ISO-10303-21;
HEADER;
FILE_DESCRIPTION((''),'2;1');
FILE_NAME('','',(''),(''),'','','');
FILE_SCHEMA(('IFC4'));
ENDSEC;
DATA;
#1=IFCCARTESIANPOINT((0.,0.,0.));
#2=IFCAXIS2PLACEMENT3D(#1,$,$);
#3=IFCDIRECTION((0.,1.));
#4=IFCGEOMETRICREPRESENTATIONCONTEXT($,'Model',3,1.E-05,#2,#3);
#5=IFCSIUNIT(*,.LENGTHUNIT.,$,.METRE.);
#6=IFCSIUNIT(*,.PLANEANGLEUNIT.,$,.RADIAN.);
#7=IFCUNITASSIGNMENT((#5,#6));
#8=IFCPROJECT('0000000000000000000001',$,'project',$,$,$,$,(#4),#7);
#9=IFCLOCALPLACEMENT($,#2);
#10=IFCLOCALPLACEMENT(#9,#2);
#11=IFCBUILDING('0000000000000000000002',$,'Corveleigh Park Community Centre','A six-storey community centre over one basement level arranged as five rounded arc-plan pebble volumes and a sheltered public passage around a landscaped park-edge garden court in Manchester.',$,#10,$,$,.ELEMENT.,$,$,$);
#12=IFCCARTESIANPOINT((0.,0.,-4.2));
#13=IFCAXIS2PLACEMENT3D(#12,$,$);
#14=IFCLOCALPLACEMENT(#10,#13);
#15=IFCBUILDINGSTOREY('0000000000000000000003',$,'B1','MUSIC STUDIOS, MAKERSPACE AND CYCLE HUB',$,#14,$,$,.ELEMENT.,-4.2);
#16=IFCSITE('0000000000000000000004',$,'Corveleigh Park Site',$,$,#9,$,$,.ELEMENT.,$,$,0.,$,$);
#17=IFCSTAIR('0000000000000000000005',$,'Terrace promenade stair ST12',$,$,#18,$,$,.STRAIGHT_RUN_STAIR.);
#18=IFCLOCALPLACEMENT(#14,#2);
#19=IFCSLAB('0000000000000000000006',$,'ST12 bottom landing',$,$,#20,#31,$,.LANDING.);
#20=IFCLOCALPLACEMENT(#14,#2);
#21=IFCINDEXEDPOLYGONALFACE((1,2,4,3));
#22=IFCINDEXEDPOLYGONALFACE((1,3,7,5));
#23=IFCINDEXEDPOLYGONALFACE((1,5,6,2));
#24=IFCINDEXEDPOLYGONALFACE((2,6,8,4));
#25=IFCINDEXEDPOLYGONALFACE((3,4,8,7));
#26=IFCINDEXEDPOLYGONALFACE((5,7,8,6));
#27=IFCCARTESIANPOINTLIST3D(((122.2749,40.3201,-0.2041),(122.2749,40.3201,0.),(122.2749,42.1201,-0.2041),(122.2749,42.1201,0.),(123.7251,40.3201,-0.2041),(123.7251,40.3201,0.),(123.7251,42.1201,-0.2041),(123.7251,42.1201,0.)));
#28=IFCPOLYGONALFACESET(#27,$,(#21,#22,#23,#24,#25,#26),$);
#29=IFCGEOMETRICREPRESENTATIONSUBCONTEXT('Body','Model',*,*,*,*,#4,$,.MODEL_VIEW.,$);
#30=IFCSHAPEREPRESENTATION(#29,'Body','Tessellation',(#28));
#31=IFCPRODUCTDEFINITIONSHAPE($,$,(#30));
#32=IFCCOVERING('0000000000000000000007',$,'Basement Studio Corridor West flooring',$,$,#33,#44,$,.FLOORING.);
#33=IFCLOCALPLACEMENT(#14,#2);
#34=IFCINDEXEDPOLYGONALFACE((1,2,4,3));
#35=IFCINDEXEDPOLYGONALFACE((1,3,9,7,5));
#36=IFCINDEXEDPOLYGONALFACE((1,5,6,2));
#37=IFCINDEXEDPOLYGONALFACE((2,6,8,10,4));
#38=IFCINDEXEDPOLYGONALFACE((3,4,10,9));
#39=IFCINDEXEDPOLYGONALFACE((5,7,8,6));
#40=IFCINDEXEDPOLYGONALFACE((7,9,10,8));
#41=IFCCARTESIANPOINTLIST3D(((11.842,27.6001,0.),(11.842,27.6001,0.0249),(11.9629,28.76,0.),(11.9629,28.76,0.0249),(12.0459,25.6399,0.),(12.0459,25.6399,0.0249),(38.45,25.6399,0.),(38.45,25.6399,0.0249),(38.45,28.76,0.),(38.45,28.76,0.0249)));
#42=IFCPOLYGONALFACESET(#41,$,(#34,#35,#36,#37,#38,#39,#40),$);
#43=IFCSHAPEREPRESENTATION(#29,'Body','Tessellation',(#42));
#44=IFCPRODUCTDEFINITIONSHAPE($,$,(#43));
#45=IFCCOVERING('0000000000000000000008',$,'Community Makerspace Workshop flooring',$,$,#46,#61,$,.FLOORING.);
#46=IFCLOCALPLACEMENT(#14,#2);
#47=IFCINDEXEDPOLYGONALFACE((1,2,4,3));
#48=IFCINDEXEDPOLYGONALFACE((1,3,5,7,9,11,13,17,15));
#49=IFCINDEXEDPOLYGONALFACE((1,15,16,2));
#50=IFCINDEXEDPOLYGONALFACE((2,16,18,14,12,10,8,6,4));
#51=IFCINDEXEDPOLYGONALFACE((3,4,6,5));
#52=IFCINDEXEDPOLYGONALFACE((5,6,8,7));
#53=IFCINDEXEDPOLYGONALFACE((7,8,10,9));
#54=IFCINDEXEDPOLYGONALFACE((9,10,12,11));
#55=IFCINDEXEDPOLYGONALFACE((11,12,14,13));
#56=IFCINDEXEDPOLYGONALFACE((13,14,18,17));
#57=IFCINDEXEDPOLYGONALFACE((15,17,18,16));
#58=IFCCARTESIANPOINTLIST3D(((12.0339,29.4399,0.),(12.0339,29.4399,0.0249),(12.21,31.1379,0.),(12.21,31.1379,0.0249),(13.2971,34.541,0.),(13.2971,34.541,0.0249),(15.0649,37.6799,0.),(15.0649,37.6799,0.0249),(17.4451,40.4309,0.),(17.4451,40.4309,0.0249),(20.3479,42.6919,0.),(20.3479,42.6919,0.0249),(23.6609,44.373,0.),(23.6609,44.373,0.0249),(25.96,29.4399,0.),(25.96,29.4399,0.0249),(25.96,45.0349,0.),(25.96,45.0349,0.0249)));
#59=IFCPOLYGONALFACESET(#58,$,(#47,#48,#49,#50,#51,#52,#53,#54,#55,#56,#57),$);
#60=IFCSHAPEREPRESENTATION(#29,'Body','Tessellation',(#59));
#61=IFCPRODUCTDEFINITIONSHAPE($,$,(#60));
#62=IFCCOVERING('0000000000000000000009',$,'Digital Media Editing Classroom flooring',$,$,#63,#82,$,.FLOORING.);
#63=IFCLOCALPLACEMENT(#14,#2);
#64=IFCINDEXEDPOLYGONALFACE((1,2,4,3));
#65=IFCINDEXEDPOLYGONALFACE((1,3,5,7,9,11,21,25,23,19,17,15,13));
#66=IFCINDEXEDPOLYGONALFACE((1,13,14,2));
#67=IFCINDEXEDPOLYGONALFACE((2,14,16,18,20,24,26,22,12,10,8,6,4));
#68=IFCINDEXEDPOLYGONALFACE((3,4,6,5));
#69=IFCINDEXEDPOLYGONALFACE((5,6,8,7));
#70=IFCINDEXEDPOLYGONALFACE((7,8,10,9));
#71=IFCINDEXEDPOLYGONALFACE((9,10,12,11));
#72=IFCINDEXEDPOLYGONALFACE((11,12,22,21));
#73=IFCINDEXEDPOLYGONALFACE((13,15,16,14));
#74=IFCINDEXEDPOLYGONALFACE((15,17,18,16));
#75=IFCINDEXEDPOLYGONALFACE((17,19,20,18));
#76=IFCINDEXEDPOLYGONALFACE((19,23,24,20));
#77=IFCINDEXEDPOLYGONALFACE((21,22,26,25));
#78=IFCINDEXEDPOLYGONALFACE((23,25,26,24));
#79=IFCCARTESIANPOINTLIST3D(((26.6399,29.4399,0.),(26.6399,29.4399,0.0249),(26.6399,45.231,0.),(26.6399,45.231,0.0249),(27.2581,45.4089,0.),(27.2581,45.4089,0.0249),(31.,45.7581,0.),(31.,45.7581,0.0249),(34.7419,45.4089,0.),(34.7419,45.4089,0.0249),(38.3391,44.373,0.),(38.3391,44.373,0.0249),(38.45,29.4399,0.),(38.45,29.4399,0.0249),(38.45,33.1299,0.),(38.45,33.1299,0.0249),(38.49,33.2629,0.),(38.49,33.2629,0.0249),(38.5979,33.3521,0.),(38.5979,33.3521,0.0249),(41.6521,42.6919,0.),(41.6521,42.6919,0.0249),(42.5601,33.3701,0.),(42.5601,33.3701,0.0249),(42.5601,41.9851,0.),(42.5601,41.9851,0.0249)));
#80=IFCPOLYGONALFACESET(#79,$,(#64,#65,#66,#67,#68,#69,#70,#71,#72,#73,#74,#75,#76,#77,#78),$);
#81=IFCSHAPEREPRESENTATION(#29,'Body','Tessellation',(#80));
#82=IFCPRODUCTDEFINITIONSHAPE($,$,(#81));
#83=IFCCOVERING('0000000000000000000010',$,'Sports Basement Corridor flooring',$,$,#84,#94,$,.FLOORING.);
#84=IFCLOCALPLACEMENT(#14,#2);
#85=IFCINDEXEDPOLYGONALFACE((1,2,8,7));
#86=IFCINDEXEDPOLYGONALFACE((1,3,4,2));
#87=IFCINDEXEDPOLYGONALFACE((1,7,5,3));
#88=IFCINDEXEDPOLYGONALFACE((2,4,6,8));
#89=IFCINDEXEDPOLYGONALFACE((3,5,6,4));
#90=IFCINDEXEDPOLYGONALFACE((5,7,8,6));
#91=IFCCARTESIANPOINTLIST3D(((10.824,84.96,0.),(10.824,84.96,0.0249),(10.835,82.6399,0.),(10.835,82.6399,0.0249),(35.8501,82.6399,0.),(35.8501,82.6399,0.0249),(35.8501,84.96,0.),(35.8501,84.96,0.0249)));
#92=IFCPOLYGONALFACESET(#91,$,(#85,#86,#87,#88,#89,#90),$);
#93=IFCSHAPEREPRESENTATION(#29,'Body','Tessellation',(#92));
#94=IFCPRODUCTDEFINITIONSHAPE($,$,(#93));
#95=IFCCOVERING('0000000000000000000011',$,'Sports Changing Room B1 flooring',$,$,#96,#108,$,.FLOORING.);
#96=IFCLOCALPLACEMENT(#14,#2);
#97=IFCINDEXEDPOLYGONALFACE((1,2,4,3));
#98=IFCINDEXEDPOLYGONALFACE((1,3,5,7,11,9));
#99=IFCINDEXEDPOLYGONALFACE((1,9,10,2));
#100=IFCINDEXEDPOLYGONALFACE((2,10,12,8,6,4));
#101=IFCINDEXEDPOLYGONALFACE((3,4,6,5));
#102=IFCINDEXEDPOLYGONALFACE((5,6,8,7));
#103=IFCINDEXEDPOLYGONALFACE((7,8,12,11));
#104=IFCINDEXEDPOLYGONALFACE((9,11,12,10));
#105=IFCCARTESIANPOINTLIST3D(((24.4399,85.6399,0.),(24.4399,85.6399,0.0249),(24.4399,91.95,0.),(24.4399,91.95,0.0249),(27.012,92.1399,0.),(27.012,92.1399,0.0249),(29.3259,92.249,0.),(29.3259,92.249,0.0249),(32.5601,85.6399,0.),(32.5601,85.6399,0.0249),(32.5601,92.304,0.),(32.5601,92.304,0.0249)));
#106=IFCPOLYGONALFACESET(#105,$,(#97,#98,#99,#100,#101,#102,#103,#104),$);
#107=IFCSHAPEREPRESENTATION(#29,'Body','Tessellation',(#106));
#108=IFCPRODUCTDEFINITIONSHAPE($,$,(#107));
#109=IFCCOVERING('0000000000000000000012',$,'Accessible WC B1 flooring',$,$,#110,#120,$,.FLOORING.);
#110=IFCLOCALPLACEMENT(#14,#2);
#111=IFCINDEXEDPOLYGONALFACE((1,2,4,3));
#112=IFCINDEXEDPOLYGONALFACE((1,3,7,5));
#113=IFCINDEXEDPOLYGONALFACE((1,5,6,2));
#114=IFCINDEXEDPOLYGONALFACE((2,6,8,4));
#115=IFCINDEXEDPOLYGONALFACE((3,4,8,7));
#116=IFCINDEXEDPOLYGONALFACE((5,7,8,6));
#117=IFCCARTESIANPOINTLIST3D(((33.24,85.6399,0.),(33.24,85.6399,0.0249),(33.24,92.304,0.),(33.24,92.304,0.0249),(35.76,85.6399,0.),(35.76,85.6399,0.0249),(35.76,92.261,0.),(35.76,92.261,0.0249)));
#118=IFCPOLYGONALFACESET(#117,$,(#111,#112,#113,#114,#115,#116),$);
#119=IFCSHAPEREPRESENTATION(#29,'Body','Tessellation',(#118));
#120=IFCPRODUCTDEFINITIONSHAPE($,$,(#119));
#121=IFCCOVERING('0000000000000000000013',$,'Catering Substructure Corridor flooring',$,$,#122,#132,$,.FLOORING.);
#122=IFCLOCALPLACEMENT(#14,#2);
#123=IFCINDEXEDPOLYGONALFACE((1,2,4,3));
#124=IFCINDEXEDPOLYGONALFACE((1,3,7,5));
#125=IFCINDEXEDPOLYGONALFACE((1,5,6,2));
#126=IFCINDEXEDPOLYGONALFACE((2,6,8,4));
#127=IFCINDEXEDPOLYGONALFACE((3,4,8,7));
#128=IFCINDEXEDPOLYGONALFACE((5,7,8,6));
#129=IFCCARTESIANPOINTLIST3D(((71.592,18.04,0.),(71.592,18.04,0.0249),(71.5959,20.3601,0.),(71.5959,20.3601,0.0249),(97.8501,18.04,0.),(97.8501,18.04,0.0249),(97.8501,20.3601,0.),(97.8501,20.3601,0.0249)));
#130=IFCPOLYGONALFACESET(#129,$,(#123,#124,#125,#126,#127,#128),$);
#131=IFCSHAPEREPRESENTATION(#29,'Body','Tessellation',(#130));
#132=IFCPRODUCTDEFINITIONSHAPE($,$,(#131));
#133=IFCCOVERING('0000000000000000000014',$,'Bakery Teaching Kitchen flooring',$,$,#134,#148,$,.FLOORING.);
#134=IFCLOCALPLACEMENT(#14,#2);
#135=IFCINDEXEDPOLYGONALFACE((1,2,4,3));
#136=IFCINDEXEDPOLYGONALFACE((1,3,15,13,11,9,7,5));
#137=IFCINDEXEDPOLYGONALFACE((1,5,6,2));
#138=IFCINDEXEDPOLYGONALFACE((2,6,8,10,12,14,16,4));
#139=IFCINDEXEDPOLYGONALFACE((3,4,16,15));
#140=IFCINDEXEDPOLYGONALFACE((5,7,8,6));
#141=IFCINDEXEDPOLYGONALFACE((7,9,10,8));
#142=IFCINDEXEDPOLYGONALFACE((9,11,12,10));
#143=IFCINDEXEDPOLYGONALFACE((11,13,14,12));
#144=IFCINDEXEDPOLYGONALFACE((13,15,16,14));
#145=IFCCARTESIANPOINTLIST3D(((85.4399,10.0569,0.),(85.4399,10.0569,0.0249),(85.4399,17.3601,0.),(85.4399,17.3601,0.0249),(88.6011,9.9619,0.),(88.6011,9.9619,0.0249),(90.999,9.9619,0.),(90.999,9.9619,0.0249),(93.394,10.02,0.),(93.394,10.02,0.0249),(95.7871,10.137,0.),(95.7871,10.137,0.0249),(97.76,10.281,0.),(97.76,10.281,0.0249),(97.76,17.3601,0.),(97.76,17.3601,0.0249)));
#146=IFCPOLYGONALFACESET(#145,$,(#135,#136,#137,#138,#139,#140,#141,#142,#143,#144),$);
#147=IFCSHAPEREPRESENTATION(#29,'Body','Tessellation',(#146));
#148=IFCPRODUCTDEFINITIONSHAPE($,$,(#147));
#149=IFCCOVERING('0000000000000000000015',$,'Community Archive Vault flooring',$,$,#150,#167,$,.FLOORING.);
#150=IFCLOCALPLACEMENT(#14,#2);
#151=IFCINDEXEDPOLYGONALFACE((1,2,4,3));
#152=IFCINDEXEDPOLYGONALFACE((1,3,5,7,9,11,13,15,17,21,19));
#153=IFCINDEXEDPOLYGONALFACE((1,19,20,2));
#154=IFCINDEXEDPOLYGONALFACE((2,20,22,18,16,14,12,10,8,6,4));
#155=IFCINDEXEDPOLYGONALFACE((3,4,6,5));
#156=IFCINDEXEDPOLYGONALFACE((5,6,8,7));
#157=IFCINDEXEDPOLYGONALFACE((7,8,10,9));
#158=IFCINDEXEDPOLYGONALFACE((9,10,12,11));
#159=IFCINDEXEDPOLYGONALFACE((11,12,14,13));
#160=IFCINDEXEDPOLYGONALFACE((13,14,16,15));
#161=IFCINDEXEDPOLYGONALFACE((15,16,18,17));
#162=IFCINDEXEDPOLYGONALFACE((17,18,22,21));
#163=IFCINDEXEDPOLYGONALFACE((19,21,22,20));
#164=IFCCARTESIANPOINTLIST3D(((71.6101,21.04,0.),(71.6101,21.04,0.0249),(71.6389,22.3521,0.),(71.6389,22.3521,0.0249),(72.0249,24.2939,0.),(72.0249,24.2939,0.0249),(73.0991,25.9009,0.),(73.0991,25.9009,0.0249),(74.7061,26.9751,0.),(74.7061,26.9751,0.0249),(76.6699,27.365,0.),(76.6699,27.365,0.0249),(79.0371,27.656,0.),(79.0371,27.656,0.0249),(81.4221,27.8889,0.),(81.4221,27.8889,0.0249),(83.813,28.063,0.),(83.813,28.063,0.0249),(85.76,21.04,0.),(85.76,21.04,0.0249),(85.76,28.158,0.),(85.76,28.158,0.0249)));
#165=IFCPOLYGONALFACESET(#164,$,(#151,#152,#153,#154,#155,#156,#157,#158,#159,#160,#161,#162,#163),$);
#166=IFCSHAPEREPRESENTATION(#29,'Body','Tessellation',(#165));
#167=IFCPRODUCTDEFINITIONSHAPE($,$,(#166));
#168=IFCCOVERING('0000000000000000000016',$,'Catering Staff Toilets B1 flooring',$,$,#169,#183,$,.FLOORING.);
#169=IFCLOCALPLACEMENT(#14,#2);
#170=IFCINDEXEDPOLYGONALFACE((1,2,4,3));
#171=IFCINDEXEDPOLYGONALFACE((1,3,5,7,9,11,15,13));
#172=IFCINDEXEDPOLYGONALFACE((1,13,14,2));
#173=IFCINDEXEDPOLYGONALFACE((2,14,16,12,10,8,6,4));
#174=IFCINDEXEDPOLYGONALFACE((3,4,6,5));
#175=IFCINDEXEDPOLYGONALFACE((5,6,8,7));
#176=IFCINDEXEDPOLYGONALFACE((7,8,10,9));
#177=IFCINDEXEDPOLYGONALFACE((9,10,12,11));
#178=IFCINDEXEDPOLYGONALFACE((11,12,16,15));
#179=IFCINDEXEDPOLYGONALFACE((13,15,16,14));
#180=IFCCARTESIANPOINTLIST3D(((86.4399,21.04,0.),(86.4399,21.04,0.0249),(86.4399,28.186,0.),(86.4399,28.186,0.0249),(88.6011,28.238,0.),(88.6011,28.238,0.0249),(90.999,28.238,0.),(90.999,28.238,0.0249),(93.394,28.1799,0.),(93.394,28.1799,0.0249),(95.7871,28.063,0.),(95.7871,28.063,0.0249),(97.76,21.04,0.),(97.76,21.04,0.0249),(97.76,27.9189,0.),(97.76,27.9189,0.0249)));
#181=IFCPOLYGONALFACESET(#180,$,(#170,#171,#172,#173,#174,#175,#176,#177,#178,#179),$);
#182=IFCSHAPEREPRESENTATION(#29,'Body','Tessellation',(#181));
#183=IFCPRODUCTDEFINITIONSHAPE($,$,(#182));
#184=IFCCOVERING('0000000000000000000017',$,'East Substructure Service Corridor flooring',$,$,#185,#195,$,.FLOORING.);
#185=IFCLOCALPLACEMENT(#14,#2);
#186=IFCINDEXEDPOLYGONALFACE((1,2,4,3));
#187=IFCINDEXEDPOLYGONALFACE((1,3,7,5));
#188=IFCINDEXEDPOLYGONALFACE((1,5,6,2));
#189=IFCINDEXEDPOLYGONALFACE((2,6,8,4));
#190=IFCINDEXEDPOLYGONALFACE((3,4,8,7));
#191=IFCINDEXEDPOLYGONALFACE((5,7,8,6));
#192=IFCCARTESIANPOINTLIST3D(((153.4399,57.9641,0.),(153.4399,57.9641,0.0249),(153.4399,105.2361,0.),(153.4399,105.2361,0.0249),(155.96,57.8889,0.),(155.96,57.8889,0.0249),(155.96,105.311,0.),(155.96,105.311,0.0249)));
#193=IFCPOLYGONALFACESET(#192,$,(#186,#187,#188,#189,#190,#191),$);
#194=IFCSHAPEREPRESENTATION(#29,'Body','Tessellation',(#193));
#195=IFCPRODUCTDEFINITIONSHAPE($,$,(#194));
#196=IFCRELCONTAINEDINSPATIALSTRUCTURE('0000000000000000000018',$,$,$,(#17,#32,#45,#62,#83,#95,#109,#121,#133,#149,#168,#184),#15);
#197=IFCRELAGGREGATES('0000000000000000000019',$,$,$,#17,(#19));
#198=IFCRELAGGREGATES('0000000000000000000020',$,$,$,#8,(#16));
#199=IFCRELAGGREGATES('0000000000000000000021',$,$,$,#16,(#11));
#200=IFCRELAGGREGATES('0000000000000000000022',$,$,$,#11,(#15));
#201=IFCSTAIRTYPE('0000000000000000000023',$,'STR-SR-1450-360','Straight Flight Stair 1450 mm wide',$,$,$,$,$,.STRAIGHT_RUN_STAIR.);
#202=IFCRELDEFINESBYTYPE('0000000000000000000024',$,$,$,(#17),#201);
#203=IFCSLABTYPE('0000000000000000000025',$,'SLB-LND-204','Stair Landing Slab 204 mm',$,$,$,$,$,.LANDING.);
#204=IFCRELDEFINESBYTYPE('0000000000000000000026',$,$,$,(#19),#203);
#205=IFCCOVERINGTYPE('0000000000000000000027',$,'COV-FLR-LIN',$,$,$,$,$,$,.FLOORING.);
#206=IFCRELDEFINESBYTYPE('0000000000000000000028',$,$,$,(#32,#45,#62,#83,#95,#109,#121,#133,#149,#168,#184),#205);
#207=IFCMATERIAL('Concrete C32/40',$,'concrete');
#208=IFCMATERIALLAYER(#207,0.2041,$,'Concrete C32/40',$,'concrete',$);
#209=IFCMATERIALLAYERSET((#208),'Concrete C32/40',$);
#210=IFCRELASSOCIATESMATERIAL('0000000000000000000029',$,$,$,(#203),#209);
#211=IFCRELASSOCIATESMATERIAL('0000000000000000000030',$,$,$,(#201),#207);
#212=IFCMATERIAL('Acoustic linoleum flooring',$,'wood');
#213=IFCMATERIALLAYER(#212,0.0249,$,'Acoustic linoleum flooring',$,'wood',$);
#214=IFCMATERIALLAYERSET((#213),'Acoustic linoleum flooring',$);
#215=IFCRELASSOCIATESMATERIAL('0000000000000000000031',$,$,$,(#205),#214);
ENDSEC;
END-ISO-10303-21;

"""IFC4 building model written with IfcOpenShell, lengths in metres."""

from ifc_helpers import new_model, si_unit, direction, frame, origin, place, context, subcontext, project, spatial, polyline, outline, extrude, material, layer, layer_set, type_object, element, aggregate, save


model = new_model("IFC4")

# Units and contexts
model_context = context("Model", 3, precision=1e-05, world=origin(), true_north=direction((0.0, 1.0)))
body_context = subcontext(model_context, "Body", "Model", "MODEL_VIEW")
ifc_project = project(units=[si_unit("LENGTHUNIT", "METRE"), si_unit("PLANEANGLEUNIT", "RADIAN")], contexts=[model_context])

# Site, building, storey
site_placement = place(None, origin())
site = spatial("IfcSite", under=ifc_project, at=site_placement, Name="Corveleigh Park Site", CompositionType="ELEMENT", RefElevation=0.0)
building_placement = place(site_placement, origin())
building = spatial("IfcBuilding", under=site, at=building_placement, Name="Corveleigh Park Community Centre", Description="A six-storey community centre over one basement level arranged as five rounded arc-plan pebble volumes and a sheltered public passage around a landscaped park-edge garden court in Manchester.", CompositionType="ELEMENT")
storey_placement = place(building_placement, frame((0.0, 0.0, -4.2)))
storey = spatial("IfcBuildingStorey", under=building, at=storey_placement, Name="B1", Description="MUSIC STUDIOS, MAKERSPACE AND CYCLE HUB", CompositionType="ELEMENT", Elevation=-4.2)

# Shared definitions
ifc_material_1 = material(Name="Concrete C32/40", Category="concrete")

# Shared definitions
ifc_layer_1 = layer(ifc_material_1, 0.2041, Name="Concrete C32/40", Category="concrete")
ifc_layer_set_1 = layer_set([ifc_layer_1], Name="Concrete C32/40")
slab_type_1 = type_object("IfcSlabType", Name="SLB-LND-204", Description="Stair Landing Slab 204 mm", PredefinedType="LANDING", material=ifc_layer_set_1)

# Stair, slab
stair_type_1 = type_object("IfcStairType", Name="STR-SR-1450-360", Description="Straight Flight Stair 1450 mm wide", PredefinedType="STRAIGHT_RUN_STAIR", material=ifc_material_1)
stair_1_placement = place(storey_placement, origin())
stair_1 = element("IfcStair", 1, at=stair_1_placement, inside=storey, type_object=stair_type_1, Name="Terrace promenade stair ST12", PredefinedType="STRAIGHT_RUN_STAIR")
slab_1_placement = place(storey_placement, frame((0.0, 0.0, -0.2041)))
slab_1 = element("IfcSlab", 2, at=slab_1_placement, type_object=slab_type_1, Name="ST12 bottom landing", PredefinedType="LANDING", context=body_context, shape_type="SweptSolid", body=[
    extrude(outline(polyline([(123.7251, 40.3201), (123.7251, 42.1201), (122.2749, 42.1201), (122.2749, 40.3201), (123.7251, 40.3201)])), origin(), (0.0, 0.0, 1.0), 0.2041),
])
aggregate(stair_1, [slab_1])

# Coverings
ifc_material_2 = material(Name="Acoustic linoleum flooring", Category="wood")
ifc_layer_2 = layer(ifc_material_2, 0.0249, Name="Acoustic linoleum flooring", Category="wood")
ifc_layer_set_2 = layer_set([ifc_layer_2], Name="Acoustic linoleum flooring")
covering_type_1 = type_object("IfcCoveringType", Name="COV-FLR-LIN", PredefinedType="FLOORING", material=ifc_layer_set_2)
covering_1_placement = place(storey_placement, origin())
element("IfcCovering", 3, at=covering_1_placement, inside=storey, type_object=covering_type_1, Name="Basement Studio Corridor West flooring", PredefinedType="FLOORING", context=body_context, shape_type="SweptSolid", body=[
    extrude(outline(polyline([(38.45, 28.76), (38.45, 25.6399), (12.0459, 25.6399), (11.842, 27.6001), (11.9629, 28.76), (38.45, 28.76)])), origin(), (0.0, 0.0, 1.0), 0.0249),
])
covering_2_placement = place(storey_placement, origin())
element("IfcCovering", 4, at=covering_2_placement, inside=storey, type_object=covering_type_1, Name="Community Makerspace Workshop flooring", PredefinedType="FLOORING", context=body_context, shape_type="SweptSolid", body=[
    extrude(outline(polyline([(17.4451, 40.4309), (20.3479, 42.6919), (23.6609, 44.373), (25.96, 45.0349), (25.96, 29.4399), (12.0339, 29.4399), (12.21, 31.1379), (13.2971, 34.541), (15.0649, 37.6799), (17.4451, 40.4309)])), origin(), (0.0, 0.0, 1.0), 0.0249),
])
covering_3_placement = place(storey_placement, origin())
element("IfcCovering", 5, at=covering_3_placement, inside=storey, type_object=covering_type_1, Name="Digital Media Editing Classroom flooring", PredefinedType="FLOORING", context=body_context, shape_type="SweptSolid", body=[
    extrude(outline(polyline([(38.5979, 33.3521), (38.49, 33.2629), (38.45, 33.1299), (38.45, 29.4399), (26.6399, 29.4399), (26.6399, 45.231), (27.2581, 45.4089), (31.0, 45.7581), (34.7419, 45.4089), (38.3391, 44.373), (41.6521, 42.6919), (42.5601, 41.9851), (42.5601, 33.3701), (38.5979, 33.3521)])), origin(), (0.0, 0.0, 1.0), 0.0249),
])
covering_4_placement = place(storey_placement, origin())
element("IfcCovering", 6, at=covering_4_placement, inside=storey, type_object=covering_type_1, Name="Sports Basement Corridor flooring", PredefinedType="FLOORING", context=body_context, shape_type="SweptSolid", body=[
    extrude(outline(polyline([(10.835, 82.6399), (10.824, 84.96), (35.8501, 84.96), (35.8501, 82.6399), (10.835, 82.6399)])), origin(), (0.0, 0.0, 1.0), 0.0249),
])
covering_5_placement = place(storey_placement, origin())
element("IfcCovering", 7, at=covering_5_placement, inside=storey, type_object=covering_type_1, Name="Sports Changing Room B1 flooring", PredefinedType="FLOORING", context=body_context, shape_type="SweptSolid", body=[
    extrude(outline(polyline([(29.3259, 92.249), (32.5601, 92.304), (32.5601, 85.6399), (24.4399, 85.6399), (24.4399, 91.95), (27.012, 92.1399), (29.3259, 92.249)])), origin(), (0.0, 0.0, 1.0), 0.0249),
])
covering_6_placement = place(storey_placement, origin())
element("IfcCovering", 8, at=covering_6_placement, inside=storey, type_object=covering_type_1, Name="Accessible WC B1 flooring", PredefinedType="FLOORING", context=body_context, shape_type="SweptSolid", body=[
    extrude(outline(polyline([(35.76, 92.261), (35.76, 85.6399), (33.24, 85.6399), (33.24, 92.304), (35.76, 92.261)])), origin(), (0.0, 0.0, 1.0), 0.0249),
])
covering_7_placement = place(storey_placement, origin())
element("IfcCovering", 9, at=covering_7_placement, inside=storey, type_object=covering_type_1, Name="Catering Substructure Corridor flooring", PredefinedType="FLOORING", context=body_context, shape_type="SweptSolid", body=[
    extrude(outline(polyline([(97.8501, 20.3601), (97.8501, 18.04), (71.592, 18.04), (71.5959, 20.3601), (97.8501, 20.3601)])), origin(), (0.0, 0.0, 1.0), 0.0249),
])
covering_8_placement = place(storey_placement, origin())
element("IfcCovering", 10, at=covering_8_placement, inside=storey, type_object=covering_type_1, Name="Bakery Teaching Kitchen flooring", PredefinedType="FLOORING", context=body_context, shape_type="SweptSolid", body=[
    extrude(outline(polyline([(90.999, 9.9619), (88.6011, 9.9619), (85.4399, 10.0569), (85.4399, 17.3601), (97.76, 17.3601), (97.76, 10.281), (95.7871, 10.137), (93.394, 10.02), (90.999, 9.9619)])), origin(), (0.0, 0.0, 1.0), 0.0249),
])
covering_9_placement = place(storey_placement, origin())
element("IfcCovering", 11, at=covering_9_placement, inside=storey, type_object=covering_type_1, Name="Community Archive Vault flooring", PredefinedType="FLOORING", context=body_context, shape_type="SweptSolid", body=[
    extrude(outline(polyline([(72.0249, 24.2939), (73.0991, 25.9009), (74.7061, 26.9751), (76.6699, 27.365), (79.0371, 27.656), (81.4221, 27.8889), (83.813, 28.063), (85.76, 28.158), (85.76, 21.04), (71.6101, 21.04), (71.6389, 22.3521), (72.0249, 24.2939)])), origin(), (0.0, 0.0, 1.0), 0.0249),
])
covering_10_placement = place(storey_placement, origin())
element("IfcCovering", 12, at=covering_10_placement, inside=storey, type_object=covering_type_1, Name="Catering Staff Toilets B1 flooring", PredefinedType="FLOORING", context=body_context, shape_type="SweptSolid", body=[
    extrude(outline(polyline([(95.7871, 28.063), (97.76, 27.9189), (97.76, 21.04), (86.4399, 21.04), (86.4399, 28.186), (88.6011, 28.238), (90.999, 28.238), (93.394, 28.1799), (95.7871, 28.063)])), origin(), (0.0, 0.0, 1.0), 0.0249),
])
covering_11_placement = place(storey_placement, origin())
element("IfcCovering", 13, at=covering_11_placement, inside=storey, type_object=covering_type_1, Name="East Substructure Service Corridor flooring", PredefinedType="FLOORING", context=body_context, shape_type="SweptSolid", body=[
    extrude(outline(polyline([(153.4399, 57.9641), (153.4399, 105.2361), (155.96, 105.311), (155.96, 57.8889), (153.4399, 57.9641)])), origin(), (0.0, 0.0, 1.0), 0.0249),
])

save(model, "model.ifc")
